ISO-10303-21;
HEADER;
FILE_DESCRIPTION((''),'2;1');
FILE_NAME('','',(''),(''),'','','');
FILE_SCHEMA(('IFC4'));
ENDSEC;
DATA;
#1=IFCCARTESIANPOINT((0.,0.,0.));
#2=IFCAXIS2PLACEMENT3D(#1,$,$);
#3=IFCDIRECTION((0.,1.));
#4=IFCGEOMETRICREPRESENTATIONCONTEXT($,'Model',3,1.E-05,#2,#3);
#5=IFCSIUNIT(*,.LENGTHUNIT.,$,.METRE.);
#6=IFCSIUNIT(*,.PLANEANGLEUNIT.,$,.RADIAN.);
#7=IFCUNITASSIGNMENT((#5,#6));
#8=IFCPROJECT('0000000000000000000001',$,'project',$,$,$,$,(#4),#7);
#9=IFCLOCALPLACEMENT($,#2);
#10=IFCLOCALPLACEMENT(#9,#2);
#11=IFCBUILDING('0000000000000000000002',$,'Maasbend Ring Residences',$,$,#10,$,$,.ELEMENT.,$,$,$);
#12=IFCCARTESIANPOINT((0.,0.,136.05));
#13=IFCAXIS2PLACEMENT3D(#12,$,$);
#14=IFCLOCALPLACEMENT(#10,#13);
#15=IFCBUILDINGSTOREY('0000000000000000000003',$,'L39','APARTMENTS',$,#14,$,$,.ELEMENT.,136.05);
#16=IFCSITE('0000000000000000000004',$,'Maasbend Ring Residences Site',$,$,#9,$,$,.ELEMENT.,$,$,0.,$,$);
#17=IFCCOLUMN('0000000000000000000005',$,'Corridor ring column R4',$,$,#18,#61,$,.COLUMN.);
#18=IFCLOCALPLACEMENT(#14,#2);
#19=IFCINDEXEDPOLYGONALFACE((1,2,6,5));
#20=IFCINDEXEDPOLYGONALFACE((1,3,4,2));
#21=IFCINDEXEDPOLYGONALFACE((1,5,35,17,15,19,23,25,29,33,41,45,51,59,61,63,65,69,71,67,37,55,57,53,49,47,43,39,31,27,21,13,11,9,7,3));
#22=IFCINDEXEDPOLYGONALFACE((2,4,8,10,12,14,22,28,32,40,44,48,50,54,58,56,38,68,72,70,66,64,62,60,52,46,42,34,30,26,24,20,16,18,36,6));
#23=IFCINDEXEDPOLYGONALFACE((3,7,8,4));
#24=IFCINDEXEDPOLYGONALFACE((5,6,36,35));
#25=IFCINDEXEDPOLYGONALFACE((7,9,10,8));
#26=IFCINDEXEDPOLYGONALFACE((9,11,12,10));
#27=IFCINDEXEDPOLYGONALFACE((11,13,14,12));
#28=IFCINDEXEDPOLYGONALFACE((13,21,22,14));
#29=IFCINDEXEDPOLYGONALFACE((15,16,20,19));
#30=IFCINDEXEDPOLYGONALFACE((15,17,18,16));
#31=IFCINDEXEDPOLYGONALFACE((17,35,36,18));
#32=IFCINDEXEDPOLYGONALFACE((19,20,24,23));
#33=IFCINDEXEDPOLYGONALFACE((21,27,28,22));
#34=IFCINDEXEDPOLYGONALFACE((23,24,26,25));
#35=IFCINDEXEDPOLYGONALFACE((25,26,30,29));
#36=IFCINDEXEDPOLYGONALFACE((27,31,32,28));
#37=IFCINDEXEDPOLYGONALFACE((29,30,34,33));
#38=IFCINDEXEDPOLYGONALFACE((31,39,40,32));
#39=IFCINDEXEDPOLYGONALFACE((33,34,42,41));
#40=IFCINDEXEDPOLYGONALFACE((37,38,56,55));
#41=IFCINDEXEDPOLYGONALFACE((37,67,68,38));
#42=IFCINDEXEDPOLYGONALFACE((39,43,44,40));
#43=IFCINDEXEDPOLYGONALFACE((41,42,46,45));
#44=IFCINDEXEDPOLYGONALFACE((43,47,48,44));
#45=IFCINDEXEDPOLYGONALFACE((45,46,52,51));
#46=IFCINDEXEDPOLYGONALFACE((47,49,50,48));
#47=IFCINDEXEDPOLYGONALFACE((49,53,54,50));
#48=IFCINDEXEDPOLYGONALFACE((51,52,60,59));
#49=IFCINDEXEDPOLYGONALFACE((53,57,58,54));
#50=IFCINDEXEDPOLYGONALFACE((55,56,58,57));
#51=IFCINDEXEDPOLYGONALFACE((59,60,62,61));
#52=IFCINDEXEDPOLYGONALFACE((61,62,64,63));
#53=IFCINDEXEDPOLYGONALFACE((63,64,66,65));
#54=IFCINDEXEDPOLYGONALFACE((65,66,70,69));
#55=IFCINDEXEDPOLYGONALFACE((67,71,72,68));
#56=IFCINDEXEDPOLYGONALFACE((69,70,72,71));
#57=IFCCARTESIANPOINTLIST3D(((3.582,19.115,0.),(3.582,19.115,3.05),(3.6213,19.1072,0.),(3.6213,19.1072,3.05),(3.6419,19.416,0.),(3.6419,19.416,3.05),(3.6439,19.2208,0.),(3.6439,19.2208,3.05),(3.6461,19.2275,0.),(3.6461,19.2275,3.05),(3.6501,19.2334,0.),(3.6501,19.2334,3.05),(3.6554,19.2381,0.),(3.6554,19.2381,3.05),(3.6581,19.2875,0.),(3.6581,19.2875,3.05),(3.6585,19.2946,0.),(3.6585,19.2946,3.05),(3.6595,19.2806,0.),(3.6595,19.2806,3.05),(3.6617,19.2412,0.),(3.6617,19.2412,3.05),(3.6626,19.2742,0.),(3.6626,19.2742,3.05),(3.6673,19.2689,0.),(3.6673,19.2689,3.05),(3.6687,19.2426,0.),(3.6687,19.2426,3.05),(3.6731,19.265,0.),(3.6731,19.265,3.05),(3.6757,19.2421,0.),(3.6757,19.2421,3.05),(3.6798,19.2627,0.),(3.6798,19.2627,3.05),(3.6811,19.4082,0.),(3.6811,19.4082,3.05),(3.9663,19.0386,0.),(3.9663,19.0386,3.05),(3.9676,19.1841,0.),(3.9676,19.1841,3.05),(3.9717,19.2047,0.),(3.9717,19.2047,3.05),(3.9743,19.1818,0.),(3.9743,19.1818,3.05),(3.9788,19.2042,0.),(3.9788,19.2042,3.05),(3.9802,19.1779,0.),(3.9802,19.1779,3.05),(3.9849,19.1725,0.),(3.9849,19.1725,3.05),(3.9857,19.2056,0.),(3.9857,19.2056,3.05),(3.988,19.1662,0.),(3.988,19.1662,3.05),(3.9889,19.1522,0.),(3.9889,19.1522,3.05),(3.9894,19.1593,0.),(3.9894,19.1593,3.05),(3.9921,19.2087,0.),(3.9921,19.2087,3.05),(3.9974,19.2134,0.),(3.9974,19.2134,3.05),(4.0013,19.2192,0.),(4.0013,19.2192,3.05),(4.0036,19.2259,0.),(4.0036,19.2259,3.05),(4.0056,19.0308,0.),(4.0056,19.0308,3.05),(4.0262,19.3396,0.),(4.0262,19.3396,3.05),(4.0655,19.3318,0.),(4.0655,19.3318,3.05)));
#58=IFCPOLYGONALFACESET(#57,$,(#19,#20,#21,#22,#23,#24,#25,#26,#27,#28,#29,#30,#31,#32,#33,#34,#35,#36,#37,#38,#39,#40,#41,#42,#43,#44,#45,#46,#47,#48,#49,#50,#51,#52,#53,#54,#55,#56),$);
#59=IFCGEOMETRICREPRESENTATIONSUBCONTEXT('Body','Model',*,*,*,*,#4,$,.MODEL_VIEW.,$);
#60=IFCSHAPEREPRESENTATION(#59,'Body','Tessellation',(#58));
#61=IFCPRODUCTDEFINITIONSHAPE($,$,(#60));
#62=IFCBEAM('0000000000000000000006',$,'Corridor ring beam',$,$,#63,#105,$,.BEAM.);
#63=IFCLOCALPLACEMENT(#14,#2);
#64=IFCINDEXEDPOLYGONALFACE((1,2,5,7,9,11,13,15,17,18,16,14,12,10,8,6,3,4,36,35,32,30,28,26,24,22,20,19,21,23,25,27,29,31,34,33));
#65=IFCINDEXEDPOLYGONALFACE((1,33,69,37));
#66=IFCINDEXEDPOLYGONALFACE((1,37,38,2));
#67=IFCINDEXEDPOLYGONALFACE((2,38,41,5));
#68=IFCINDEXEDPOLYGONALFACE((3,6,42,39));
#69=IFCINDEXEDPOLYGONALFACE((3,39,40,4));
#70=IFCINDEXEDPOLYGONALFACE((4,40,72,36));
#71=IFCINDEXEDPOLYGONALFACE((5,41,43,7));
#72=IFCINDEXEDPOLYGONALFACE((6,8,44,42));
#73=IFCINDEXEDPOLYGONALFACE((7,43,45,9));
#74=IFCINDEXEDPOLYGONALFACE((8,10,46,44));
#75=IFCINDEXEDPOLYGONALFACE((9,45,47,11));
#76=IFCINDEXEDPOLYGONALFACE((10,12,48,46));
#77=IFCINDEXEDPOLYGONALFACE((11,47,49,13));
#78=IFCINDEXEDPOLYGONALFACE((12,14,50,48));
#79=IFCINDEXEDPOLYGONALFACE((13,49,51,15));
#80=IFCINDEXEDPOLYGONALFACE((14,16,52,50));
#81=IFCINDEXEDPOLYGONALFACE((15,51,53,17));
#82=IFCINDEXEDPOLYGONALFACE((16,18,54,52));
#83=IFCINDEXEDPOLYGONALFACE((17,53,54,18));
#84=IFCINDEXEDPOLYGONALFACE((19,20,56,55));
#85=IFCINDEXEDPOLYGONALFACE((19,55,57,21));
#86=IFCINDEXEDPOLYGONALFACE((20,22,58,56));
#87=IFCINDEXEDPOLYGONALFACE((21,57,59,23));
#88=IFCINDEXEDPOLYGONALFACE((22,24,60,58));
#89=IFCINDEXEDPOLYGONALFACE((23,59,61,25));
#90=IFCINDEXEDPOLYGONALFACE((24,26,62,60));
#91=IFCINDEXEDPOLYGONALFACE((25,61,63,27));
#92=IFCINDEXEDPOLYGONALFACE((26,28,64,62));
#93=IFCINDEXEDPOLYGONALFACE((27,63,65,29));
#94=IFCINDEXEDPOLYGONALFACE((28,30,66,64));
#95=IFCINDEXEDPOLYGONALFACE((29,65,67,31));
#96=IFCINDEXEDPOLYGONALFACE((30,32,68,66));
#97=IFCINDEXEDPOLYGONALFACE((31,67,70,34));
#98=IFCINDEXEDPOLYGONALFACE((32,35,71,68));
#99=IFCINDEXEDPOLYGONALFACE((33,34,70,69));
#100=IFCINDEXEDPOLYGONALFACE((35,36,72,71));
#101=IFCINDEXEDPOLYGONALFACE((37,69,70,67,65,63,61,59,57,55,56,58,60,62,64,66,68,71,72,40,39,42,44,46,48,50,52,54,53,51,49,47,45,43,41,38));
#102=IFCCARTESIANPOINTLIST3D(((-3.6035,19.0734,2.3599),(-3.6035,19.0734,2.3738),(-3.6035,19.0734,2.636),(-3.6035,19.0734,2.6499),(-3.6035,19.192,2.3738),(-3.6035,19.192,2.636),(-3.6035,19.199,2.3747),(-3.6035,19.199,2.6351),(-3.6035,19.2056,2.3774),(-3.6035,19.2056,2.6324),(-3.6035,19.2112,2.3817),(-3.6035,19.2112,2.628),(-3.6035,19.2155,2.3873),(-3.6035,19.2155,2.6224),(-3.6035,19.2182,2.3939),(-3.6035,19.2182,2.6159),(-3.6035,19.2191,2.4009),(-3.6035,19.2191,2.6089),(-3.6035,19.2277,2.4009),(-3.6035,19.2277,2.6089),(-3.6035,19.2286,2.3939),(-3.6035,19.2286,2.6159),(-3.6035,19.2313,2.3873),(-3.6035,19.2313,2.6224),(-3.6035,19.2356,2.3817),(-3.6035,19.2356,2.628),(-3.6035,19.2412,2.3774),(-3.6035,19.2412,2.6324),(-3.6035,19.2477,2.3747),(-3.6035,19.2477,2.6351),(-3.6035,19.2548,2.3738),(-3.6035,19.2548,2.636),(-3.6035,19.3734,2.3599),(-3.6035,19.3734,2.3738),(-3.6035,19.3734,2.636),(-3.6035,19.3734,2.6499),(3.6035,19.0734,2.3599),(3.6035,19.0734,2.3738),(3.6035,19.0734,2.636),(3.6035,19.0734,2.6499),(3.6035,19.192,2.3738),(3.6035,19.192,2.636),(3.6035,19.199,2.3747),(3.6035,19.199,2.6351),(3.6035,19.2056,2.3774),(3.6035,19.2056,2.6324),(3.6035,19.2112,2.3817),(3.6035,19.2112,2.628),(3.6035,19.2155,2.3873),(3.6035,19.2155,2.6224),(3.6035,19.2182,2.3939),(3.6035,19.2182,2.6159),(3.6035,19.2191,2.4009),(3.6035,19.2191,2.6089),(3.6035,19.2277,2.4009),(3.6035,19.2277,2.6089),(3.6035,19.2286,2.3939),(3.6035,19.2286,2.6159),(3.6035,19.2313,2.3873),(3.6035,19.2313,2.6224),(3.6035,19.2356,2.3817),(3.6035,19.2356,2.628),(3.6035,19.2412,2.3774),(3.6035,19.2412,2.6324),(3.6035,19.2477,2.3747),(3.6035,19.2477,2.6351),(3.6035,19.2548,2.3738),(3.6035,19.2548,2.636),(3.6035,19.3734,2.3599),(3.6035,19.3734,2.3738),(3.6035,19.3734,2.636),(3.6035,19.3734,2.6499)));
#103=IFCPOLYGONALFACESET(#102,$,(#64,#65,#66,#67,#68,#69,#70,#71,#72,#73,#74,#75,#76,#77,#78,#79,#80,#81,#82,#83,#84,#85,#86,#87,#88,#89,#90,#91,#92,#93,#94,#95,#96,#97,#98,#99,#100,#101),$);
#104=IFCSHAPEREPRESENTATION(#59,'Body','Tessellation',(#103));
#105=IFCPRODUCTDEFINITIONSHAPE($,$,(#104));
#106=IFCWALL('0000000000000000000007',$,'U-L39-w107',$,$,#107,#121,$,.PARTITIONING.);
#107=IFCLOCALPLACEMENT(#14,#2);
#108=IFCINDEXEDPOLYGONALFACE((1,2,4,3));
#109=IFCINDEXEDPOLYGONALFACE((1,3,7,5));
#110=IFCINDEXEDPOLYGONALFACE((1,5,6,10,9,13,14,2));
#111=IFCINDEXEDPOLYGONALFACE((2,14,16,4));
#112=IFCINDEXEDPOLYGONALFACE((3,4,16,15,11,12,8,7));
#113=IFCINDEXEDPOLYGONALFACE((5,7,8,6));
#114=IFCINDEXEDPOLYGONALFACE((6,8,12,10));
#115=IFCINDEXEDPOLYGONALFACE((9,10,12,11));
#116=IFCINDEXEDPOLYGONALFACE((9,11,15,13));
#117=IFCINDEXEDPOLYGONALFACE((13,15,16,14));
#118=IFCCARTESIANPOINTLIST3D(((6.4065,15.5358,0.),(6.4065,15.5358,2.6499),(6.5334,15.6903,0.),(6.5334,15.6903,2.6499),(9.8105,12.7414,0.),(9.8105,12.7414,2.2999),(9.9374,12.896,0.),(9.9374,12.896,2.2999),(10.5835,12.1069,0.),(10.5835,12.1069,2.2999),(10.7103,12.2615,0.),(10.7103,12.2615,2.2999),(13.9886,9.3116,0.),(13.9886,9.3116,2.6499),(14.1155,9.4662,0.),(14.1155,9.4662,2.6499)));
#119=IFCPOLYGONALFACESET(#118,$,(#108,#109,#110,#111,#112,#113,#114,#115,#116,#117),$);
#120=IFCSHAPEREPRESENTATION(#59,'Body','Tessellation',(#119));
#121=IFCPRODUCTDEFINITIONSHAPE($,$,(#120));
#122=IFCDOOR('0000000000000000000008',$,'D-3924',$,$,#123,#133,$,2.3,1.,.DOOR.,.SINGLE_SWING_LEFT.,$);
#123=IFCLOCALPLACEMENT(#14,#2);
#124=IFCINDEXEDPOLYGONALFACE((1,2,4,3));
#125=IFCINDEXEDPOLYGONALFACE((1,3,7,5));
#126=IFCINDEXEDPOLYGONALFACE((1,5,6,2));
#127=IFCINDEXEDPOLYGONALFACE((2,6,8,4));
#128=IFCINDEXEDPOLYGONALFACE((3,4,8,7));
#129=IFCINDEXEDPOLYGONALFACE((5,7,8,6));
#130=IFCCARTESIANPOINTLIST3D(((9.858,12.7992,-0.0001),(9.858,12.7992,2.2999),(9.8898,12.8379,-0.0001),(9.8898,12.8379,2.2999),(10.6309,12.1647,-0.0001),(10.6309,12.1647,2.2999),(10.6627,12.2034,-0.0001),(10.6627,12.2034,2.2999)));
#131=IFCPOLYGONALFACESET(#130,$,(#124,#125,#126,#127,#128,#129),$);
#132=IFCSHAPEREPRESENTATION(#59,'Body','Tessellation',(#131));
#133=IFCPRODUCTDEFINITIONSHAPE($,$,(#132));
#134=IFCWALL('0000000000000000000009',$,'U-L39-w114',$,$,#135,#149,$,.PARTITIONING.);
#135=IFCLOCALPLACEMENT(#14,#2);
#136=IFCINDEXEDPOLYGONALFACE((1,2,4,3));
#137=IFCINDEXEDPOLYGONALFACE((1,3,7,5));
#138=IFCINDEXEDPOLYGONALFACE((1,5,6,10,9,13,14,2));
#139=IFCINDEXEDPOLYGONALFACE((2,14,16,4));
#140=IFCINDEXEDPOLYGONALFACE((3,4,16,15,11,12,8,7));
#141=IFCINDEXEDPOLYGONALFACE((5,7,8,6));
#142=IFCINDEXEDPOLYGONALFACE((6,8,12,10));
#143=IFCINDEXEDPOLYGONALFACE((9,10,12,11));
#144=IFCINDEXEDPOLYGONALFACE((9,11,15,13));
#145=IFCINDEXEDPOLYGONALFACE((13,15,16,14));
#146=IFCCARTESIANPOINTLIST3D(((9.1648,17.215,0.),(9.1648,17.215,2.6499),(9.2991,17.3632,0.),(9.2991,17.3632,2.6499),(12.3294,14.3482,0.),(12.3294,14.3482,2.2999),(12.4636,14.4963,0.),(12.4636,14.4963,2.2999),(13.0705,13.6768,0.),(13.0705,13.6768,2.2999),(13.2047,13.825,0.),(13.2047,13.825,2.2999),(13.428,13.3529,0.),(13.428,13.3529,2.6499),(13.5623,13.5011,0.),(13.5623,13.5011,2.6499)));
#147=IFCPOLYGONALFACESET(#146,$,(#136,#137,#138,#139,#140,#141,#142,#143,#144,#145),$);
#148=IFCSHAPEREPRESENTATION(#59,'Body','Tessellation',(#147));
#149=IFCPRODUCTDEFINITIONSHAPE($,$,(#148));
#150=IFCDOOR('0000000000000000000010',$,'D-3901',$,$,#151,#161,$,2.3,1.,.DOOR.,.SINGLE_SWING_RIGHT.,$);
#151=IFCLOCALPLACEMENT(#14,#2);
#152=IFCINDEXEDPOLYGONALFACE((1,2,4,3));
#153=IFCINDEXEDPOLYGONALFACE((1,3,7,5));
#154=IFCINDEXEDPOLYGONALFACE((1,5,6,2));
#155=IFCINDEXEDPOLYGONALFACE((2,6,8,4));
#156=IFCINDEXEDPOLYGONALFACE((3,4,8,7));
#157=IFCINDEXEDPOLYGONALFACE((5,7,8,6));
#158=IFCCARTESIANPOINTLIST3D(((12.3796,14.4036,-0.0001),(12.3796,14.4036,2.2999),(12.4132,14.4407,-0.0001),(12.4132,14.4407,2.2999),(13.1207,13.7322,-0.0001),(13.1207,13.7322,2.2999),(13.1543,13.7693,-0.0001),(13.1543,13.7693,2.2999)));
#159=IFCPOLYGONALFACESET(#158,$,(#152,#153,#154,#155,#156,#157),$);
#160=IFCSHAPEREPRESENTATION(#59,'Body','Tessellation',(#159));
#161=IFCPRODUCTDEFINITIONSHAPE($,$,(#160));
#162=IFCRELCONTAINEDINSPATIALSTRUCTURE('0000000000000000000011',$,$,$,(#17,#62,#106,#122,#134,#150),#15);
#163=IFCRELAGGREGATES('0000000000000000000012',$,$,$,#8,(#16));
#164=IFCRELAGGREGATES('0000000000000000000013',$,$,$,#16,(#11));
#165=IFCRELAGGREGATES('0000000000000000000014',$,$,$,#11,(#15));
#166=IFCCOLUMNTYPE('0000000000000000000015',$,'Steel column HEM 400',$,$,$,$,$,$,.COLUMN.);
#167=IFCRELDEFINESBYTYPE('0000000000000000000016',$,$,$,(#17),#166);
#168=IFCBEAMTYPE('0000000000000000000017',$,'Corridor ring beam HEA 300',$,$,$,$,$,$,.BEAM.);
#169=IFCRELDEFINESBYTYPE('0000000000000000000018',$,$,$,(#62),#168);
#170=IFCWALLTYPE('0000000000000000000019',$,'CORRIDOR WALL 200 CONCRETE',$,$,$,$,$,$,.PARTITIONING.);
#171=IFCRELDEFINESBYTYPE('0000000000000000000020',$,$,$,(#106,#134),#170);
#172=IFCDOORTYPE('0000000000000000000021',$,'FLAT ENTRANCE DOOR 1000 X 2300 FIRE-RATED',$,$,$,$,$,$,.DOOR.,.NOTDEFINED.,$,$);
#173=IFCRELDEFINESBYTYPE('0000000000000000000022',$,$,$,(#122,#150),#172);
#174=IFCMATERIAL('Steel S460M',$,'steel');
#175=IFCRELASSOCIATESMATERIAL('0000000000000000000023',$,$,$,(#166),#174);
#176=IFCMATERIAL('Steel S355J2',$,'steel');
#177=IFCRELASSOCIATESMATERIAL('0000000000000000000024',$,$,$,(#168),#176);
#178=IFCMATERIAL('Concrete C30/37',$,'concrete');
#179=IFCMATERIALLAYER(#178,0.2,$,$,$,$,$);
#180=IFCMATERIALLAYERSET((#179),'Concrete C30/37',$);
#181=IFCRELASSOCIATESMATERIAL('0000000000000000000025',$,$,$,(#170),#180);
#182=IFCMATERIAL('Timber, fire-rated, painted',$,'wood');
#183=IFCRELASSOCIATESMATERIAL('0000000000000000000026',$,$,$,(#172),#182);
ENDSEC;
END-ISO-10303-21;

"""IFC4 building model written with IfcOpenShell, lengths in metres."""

from ifc_helpers import new_model, si_unit, direction, frame, frame_2d, origin, origin_2d, place, context, subcontext, project, spatial, rectangle, i_section, extrude, material, layer, layer_set, material_profile, profile_set, type_object, element, fill, save


model = new_model("IFC4")

# Units and contexts
model_context = context("Model", 3, precision=1e-05, world=origin(), true_north=direction((0.0, 1.0)))
body_context = subcontext(model_context, "Body", "Model", "MODEL_VIEW")
ifc_project = project(units=[si_unit("LENGTHUNIT", "METRE"), si_unit("PLANEANGLEUNIT", "RADIAN")], contexts=[model_context])

# Site, building, storey
site_placement = place(None, origin())
site = spatial("IfcSite", under=ifc_project, at=site_placement, Name="Maasbend Ring Residences Site", CompositionType="ELEMENT", RefElevation=0.0)
building_placement = place(site_placement, origin())
building = spatial("IfcBuilding", under=site, at=building_placement, Name="Maasbend Ring Residences", CompositionType="ELEMENT")
storey_placement = place(building_placement, frame((0.0, 0.0, 136.05)))
storey = spatial("IfcBuildingStorey", under=building, at=storey_placement, Name="L39", Description="APARTMENTS", CompositionType="ELEMENT", Elevation=136.05)

# Column
ifc_material_1 = material(Name="Steel S460M", Category="steel")
ifc_material_profile_1 = material_profile(ifc_material_1, i_section(OverallWidth=0.3069, OverallDepth=0.4319, WebThickness=0.021, FlangeThickness=0.04, FilletRadius=0.0271, at=origin_2d()), Name="HEM 400")
ifc_profile_set_1 = profile_set([ifc_material_profile_1], Name="Steel S460M")
column_type = type_object("IfcColumnType", Name="Steel column HEM 400", PredefinedType="COLUMN", material=ifc_profile_set_1)
column_placement = place(storey_placement, frame((3.8237, 19.2234, 0.0), z_axis=(0.0, 0.0, 1.0), x_axis=(0.19509, 0.980785, 0.0)))
element("IfcColumn", 1, at=column_placement, inside=storey, type_object=column_type, Name="Corridor ring column R4", PredefinedType="COLUMN", context=body_context, shape_type="SweptSolid", body=[
    extrude(i_section(OverallWidth=0.3069, OverallDepth=0.4319, WebThickness=0.021, FlangeThickness=0.04, FilletRadius=0.0271, at=origin_2d()), origin(), (0.0, 0.0, 1.0), 3.05),
])

# Beam
ifc_material_2 = material(Name="Steel S355J2", Category="steel")
ifc_material_profile_2 = material_profile(ifc_material_2, i_section(OverallWidth=0.3, OverallDepth=0.29, WebThickness=0.0085, FlangeThickness=0.0139, FilletRadius=0.0271, at=origin_2d()), Name="HEA 300")
ifc_profile_set_2 = profile_set([ifc_material_profile_2], Name="Steel S355J2")
beam_type = type_object("IfcBeamType", Name="Corridor ring beam HEA 300", PredefinedType="BEAM", material=ifc_profile_set_2)
beam_placement = place(storey_placement, frame((3.6035, 19.2234, 2.5049), z_axis=(-1.0, 0.0, 0.0), x_axis=(0.0, -1.0, 0.0)))
element("IfcBeam", 2, at=beam_placement, inside=storey, type_object=beam_type, Name="Corridor ring beam", PredefinedType="BEAM", context=body_context, shape_type="SweptSolid", body=[
    extrude(i_section(OverallWidth=0.3, OverallDepth=0.29, WebThickness=0.0085, FlangeThickness=0.0139, FilletRadius=0.0271, at=origin_2d()), origin(), (0.0, 0.0, 1.0), 7.207),
])

# Walls, openings, doors
ifc_material_3 = material(Name="Concrete C30/37", Category="concrete")
ifc_layer_1 = layer(ifc_material_3, 0.2)
ifc_layer_set_1 = layer_set([ifc_layer_1], Name="Concrete C30/37")
wall_type_1 = type_object("IfcWallType", Name="CORRIDOR WALL 200 CONCRETE", PredefinedType="PARTITIONING", material=ifc_layer_set_1)
wall_1_placement = place(storey_placement, frame((6.47, 15.613, 0.0), z_axis=(0.0, 0.0, 1.0), x_axis=(0.772925, -0.634497, 0.0)))
wall_1 = element("IfcWall", 3, at=wall_1_placement, inside=storey, type_object=wall_type_1, Name="U-L39-w107", PredefinedType="PARTITIONING", context=body_context, shape_type="SweptSolid", body=[
    extrude(rectangle(XDim=9.8096, YDim=0.2, at=frame_2d((4.9048, 0.0))), origin(), (0.0, 0.0, 1.0), 2.6499),
])
opening_1_placement = place(wall_1_placement, frame((4.4041, 0.0, 0.0)))
opening_1 = element("IfcOpeningElement", 4, at=opening_1_placement, cuts=wall_1, PredefinedType="OPENING", context=body_context, shape_type="SweptSolid", body=[
    extrude(rectangle(XDim=1.0, YDim=2.3, at=frame_2d((0.5, 1.1499))), frame((0.0, 0.1099, 0.0), z_axis=(0.0, -1.0, 0.0), x_axis=(1.0, 0.0, 0.0)), (0.0, 0.0, 1.0), 0.22),
])
ifc_material_4 = material(Name="Timber, fire-rated, painted", Category="wood")
door_type_1 = type_object("IfcDoorType", Name="FLAT ENTRANCE DOOR 1000 X 2300 FIRE-RATED", OperationType="NOTDEFINED", PredefinedType="DOOR", material=ifc_material_4)
door_1_placement = place(opening_1_placement, origin())
door_1 = element("IfcDoor", 5, at=door_1_placement, inside=storey, type_object=door_type_1, Name="D-3924", OperationType="SINGLE_SWING_LEFT", OverallHeight=2.3, OverallWidth=1.0, PredefinedType="DOOR", context=body_context, shape_type="SweptSolid", body=[
    extrude(rectangle(XDim=1.0, YDim=2.3, at=frame_2d((0.5, 1.1499))), frame((0.0, 0.0249, 0.0), z_axis=(0.0, -1.0, 0.0), x_axis=(1.0, 0.0, 0.0)), (0.0, 0.0, 1.0), 0.05),
])
fill(opening_1, door_1)
wall_2_placement = place(storey_placement, frame((9.2319, 17.2891, 0.0), z_axis=(0.0, 0.0, 1.0), x_axis=(0.741112, -0.671381, 0.0)))
wall_2 = element("IfcWall", 6, at=wall_2_placement, inside=storey, type_object=wall_type_1, Name="U-L39-w114", PredefinedType="PARTITIONING", context=body_context, shape_type="SweptSolid", body=[
    extrude(rectangle(XDim=5.7524, YDim=0.2, at=frame_2d((2.8762, 0.0))), origin(), (0.0, 0.0, 1.0), 2.6499),
])
opening_2_placement = place(wall_2_placement, frame((4.27, 0.0, 0.0)))
opening_2 = element("IfcOpeningElement", 7, at=opening_2_placement, cuts=wall_2, PredefinedType="OPENING", context=body_context, shape_type="SweptSolid", body=[
    extrude(rectangle(XDim=1.0, YDim=2.3, at=frame_2d((0.5, 1.1499))), frame((0.0, 0.1099, 0.0), z_axis=(0.0, -1.0, 0.0), x_axis=(1.0, 0.0, 0.0)), (0.0, 0.0, 1.0), 0.22),
])
door_2_placement = place(opening_2_placement, origin())
door_2 = element("IfcDoor", 8, at=door_2_placement, inside=storey, type_object=door_type_1, Name="D-3901", OperationType="SINGLE_SWING_RIGHT", OverallHeight=2.3, OverallWidth=1.0, PredefinedType="DOOR", context=body_context, shape_type="SweptSolid", body=[
    extrude(rectangle(XDim=1.0, YDim=2.3, at=frame_2d((0.5, 1.1499))), frame((0.0, 0.0249, 0.0), z_axis=(0.0, -1.0, 0.0), x_axis=(1.0, 0.0, 0.0)), (0.0, 0.0, 1.0), 0.05),
])
fill(opening_2, door_2)

save(model, "model.ifc")
